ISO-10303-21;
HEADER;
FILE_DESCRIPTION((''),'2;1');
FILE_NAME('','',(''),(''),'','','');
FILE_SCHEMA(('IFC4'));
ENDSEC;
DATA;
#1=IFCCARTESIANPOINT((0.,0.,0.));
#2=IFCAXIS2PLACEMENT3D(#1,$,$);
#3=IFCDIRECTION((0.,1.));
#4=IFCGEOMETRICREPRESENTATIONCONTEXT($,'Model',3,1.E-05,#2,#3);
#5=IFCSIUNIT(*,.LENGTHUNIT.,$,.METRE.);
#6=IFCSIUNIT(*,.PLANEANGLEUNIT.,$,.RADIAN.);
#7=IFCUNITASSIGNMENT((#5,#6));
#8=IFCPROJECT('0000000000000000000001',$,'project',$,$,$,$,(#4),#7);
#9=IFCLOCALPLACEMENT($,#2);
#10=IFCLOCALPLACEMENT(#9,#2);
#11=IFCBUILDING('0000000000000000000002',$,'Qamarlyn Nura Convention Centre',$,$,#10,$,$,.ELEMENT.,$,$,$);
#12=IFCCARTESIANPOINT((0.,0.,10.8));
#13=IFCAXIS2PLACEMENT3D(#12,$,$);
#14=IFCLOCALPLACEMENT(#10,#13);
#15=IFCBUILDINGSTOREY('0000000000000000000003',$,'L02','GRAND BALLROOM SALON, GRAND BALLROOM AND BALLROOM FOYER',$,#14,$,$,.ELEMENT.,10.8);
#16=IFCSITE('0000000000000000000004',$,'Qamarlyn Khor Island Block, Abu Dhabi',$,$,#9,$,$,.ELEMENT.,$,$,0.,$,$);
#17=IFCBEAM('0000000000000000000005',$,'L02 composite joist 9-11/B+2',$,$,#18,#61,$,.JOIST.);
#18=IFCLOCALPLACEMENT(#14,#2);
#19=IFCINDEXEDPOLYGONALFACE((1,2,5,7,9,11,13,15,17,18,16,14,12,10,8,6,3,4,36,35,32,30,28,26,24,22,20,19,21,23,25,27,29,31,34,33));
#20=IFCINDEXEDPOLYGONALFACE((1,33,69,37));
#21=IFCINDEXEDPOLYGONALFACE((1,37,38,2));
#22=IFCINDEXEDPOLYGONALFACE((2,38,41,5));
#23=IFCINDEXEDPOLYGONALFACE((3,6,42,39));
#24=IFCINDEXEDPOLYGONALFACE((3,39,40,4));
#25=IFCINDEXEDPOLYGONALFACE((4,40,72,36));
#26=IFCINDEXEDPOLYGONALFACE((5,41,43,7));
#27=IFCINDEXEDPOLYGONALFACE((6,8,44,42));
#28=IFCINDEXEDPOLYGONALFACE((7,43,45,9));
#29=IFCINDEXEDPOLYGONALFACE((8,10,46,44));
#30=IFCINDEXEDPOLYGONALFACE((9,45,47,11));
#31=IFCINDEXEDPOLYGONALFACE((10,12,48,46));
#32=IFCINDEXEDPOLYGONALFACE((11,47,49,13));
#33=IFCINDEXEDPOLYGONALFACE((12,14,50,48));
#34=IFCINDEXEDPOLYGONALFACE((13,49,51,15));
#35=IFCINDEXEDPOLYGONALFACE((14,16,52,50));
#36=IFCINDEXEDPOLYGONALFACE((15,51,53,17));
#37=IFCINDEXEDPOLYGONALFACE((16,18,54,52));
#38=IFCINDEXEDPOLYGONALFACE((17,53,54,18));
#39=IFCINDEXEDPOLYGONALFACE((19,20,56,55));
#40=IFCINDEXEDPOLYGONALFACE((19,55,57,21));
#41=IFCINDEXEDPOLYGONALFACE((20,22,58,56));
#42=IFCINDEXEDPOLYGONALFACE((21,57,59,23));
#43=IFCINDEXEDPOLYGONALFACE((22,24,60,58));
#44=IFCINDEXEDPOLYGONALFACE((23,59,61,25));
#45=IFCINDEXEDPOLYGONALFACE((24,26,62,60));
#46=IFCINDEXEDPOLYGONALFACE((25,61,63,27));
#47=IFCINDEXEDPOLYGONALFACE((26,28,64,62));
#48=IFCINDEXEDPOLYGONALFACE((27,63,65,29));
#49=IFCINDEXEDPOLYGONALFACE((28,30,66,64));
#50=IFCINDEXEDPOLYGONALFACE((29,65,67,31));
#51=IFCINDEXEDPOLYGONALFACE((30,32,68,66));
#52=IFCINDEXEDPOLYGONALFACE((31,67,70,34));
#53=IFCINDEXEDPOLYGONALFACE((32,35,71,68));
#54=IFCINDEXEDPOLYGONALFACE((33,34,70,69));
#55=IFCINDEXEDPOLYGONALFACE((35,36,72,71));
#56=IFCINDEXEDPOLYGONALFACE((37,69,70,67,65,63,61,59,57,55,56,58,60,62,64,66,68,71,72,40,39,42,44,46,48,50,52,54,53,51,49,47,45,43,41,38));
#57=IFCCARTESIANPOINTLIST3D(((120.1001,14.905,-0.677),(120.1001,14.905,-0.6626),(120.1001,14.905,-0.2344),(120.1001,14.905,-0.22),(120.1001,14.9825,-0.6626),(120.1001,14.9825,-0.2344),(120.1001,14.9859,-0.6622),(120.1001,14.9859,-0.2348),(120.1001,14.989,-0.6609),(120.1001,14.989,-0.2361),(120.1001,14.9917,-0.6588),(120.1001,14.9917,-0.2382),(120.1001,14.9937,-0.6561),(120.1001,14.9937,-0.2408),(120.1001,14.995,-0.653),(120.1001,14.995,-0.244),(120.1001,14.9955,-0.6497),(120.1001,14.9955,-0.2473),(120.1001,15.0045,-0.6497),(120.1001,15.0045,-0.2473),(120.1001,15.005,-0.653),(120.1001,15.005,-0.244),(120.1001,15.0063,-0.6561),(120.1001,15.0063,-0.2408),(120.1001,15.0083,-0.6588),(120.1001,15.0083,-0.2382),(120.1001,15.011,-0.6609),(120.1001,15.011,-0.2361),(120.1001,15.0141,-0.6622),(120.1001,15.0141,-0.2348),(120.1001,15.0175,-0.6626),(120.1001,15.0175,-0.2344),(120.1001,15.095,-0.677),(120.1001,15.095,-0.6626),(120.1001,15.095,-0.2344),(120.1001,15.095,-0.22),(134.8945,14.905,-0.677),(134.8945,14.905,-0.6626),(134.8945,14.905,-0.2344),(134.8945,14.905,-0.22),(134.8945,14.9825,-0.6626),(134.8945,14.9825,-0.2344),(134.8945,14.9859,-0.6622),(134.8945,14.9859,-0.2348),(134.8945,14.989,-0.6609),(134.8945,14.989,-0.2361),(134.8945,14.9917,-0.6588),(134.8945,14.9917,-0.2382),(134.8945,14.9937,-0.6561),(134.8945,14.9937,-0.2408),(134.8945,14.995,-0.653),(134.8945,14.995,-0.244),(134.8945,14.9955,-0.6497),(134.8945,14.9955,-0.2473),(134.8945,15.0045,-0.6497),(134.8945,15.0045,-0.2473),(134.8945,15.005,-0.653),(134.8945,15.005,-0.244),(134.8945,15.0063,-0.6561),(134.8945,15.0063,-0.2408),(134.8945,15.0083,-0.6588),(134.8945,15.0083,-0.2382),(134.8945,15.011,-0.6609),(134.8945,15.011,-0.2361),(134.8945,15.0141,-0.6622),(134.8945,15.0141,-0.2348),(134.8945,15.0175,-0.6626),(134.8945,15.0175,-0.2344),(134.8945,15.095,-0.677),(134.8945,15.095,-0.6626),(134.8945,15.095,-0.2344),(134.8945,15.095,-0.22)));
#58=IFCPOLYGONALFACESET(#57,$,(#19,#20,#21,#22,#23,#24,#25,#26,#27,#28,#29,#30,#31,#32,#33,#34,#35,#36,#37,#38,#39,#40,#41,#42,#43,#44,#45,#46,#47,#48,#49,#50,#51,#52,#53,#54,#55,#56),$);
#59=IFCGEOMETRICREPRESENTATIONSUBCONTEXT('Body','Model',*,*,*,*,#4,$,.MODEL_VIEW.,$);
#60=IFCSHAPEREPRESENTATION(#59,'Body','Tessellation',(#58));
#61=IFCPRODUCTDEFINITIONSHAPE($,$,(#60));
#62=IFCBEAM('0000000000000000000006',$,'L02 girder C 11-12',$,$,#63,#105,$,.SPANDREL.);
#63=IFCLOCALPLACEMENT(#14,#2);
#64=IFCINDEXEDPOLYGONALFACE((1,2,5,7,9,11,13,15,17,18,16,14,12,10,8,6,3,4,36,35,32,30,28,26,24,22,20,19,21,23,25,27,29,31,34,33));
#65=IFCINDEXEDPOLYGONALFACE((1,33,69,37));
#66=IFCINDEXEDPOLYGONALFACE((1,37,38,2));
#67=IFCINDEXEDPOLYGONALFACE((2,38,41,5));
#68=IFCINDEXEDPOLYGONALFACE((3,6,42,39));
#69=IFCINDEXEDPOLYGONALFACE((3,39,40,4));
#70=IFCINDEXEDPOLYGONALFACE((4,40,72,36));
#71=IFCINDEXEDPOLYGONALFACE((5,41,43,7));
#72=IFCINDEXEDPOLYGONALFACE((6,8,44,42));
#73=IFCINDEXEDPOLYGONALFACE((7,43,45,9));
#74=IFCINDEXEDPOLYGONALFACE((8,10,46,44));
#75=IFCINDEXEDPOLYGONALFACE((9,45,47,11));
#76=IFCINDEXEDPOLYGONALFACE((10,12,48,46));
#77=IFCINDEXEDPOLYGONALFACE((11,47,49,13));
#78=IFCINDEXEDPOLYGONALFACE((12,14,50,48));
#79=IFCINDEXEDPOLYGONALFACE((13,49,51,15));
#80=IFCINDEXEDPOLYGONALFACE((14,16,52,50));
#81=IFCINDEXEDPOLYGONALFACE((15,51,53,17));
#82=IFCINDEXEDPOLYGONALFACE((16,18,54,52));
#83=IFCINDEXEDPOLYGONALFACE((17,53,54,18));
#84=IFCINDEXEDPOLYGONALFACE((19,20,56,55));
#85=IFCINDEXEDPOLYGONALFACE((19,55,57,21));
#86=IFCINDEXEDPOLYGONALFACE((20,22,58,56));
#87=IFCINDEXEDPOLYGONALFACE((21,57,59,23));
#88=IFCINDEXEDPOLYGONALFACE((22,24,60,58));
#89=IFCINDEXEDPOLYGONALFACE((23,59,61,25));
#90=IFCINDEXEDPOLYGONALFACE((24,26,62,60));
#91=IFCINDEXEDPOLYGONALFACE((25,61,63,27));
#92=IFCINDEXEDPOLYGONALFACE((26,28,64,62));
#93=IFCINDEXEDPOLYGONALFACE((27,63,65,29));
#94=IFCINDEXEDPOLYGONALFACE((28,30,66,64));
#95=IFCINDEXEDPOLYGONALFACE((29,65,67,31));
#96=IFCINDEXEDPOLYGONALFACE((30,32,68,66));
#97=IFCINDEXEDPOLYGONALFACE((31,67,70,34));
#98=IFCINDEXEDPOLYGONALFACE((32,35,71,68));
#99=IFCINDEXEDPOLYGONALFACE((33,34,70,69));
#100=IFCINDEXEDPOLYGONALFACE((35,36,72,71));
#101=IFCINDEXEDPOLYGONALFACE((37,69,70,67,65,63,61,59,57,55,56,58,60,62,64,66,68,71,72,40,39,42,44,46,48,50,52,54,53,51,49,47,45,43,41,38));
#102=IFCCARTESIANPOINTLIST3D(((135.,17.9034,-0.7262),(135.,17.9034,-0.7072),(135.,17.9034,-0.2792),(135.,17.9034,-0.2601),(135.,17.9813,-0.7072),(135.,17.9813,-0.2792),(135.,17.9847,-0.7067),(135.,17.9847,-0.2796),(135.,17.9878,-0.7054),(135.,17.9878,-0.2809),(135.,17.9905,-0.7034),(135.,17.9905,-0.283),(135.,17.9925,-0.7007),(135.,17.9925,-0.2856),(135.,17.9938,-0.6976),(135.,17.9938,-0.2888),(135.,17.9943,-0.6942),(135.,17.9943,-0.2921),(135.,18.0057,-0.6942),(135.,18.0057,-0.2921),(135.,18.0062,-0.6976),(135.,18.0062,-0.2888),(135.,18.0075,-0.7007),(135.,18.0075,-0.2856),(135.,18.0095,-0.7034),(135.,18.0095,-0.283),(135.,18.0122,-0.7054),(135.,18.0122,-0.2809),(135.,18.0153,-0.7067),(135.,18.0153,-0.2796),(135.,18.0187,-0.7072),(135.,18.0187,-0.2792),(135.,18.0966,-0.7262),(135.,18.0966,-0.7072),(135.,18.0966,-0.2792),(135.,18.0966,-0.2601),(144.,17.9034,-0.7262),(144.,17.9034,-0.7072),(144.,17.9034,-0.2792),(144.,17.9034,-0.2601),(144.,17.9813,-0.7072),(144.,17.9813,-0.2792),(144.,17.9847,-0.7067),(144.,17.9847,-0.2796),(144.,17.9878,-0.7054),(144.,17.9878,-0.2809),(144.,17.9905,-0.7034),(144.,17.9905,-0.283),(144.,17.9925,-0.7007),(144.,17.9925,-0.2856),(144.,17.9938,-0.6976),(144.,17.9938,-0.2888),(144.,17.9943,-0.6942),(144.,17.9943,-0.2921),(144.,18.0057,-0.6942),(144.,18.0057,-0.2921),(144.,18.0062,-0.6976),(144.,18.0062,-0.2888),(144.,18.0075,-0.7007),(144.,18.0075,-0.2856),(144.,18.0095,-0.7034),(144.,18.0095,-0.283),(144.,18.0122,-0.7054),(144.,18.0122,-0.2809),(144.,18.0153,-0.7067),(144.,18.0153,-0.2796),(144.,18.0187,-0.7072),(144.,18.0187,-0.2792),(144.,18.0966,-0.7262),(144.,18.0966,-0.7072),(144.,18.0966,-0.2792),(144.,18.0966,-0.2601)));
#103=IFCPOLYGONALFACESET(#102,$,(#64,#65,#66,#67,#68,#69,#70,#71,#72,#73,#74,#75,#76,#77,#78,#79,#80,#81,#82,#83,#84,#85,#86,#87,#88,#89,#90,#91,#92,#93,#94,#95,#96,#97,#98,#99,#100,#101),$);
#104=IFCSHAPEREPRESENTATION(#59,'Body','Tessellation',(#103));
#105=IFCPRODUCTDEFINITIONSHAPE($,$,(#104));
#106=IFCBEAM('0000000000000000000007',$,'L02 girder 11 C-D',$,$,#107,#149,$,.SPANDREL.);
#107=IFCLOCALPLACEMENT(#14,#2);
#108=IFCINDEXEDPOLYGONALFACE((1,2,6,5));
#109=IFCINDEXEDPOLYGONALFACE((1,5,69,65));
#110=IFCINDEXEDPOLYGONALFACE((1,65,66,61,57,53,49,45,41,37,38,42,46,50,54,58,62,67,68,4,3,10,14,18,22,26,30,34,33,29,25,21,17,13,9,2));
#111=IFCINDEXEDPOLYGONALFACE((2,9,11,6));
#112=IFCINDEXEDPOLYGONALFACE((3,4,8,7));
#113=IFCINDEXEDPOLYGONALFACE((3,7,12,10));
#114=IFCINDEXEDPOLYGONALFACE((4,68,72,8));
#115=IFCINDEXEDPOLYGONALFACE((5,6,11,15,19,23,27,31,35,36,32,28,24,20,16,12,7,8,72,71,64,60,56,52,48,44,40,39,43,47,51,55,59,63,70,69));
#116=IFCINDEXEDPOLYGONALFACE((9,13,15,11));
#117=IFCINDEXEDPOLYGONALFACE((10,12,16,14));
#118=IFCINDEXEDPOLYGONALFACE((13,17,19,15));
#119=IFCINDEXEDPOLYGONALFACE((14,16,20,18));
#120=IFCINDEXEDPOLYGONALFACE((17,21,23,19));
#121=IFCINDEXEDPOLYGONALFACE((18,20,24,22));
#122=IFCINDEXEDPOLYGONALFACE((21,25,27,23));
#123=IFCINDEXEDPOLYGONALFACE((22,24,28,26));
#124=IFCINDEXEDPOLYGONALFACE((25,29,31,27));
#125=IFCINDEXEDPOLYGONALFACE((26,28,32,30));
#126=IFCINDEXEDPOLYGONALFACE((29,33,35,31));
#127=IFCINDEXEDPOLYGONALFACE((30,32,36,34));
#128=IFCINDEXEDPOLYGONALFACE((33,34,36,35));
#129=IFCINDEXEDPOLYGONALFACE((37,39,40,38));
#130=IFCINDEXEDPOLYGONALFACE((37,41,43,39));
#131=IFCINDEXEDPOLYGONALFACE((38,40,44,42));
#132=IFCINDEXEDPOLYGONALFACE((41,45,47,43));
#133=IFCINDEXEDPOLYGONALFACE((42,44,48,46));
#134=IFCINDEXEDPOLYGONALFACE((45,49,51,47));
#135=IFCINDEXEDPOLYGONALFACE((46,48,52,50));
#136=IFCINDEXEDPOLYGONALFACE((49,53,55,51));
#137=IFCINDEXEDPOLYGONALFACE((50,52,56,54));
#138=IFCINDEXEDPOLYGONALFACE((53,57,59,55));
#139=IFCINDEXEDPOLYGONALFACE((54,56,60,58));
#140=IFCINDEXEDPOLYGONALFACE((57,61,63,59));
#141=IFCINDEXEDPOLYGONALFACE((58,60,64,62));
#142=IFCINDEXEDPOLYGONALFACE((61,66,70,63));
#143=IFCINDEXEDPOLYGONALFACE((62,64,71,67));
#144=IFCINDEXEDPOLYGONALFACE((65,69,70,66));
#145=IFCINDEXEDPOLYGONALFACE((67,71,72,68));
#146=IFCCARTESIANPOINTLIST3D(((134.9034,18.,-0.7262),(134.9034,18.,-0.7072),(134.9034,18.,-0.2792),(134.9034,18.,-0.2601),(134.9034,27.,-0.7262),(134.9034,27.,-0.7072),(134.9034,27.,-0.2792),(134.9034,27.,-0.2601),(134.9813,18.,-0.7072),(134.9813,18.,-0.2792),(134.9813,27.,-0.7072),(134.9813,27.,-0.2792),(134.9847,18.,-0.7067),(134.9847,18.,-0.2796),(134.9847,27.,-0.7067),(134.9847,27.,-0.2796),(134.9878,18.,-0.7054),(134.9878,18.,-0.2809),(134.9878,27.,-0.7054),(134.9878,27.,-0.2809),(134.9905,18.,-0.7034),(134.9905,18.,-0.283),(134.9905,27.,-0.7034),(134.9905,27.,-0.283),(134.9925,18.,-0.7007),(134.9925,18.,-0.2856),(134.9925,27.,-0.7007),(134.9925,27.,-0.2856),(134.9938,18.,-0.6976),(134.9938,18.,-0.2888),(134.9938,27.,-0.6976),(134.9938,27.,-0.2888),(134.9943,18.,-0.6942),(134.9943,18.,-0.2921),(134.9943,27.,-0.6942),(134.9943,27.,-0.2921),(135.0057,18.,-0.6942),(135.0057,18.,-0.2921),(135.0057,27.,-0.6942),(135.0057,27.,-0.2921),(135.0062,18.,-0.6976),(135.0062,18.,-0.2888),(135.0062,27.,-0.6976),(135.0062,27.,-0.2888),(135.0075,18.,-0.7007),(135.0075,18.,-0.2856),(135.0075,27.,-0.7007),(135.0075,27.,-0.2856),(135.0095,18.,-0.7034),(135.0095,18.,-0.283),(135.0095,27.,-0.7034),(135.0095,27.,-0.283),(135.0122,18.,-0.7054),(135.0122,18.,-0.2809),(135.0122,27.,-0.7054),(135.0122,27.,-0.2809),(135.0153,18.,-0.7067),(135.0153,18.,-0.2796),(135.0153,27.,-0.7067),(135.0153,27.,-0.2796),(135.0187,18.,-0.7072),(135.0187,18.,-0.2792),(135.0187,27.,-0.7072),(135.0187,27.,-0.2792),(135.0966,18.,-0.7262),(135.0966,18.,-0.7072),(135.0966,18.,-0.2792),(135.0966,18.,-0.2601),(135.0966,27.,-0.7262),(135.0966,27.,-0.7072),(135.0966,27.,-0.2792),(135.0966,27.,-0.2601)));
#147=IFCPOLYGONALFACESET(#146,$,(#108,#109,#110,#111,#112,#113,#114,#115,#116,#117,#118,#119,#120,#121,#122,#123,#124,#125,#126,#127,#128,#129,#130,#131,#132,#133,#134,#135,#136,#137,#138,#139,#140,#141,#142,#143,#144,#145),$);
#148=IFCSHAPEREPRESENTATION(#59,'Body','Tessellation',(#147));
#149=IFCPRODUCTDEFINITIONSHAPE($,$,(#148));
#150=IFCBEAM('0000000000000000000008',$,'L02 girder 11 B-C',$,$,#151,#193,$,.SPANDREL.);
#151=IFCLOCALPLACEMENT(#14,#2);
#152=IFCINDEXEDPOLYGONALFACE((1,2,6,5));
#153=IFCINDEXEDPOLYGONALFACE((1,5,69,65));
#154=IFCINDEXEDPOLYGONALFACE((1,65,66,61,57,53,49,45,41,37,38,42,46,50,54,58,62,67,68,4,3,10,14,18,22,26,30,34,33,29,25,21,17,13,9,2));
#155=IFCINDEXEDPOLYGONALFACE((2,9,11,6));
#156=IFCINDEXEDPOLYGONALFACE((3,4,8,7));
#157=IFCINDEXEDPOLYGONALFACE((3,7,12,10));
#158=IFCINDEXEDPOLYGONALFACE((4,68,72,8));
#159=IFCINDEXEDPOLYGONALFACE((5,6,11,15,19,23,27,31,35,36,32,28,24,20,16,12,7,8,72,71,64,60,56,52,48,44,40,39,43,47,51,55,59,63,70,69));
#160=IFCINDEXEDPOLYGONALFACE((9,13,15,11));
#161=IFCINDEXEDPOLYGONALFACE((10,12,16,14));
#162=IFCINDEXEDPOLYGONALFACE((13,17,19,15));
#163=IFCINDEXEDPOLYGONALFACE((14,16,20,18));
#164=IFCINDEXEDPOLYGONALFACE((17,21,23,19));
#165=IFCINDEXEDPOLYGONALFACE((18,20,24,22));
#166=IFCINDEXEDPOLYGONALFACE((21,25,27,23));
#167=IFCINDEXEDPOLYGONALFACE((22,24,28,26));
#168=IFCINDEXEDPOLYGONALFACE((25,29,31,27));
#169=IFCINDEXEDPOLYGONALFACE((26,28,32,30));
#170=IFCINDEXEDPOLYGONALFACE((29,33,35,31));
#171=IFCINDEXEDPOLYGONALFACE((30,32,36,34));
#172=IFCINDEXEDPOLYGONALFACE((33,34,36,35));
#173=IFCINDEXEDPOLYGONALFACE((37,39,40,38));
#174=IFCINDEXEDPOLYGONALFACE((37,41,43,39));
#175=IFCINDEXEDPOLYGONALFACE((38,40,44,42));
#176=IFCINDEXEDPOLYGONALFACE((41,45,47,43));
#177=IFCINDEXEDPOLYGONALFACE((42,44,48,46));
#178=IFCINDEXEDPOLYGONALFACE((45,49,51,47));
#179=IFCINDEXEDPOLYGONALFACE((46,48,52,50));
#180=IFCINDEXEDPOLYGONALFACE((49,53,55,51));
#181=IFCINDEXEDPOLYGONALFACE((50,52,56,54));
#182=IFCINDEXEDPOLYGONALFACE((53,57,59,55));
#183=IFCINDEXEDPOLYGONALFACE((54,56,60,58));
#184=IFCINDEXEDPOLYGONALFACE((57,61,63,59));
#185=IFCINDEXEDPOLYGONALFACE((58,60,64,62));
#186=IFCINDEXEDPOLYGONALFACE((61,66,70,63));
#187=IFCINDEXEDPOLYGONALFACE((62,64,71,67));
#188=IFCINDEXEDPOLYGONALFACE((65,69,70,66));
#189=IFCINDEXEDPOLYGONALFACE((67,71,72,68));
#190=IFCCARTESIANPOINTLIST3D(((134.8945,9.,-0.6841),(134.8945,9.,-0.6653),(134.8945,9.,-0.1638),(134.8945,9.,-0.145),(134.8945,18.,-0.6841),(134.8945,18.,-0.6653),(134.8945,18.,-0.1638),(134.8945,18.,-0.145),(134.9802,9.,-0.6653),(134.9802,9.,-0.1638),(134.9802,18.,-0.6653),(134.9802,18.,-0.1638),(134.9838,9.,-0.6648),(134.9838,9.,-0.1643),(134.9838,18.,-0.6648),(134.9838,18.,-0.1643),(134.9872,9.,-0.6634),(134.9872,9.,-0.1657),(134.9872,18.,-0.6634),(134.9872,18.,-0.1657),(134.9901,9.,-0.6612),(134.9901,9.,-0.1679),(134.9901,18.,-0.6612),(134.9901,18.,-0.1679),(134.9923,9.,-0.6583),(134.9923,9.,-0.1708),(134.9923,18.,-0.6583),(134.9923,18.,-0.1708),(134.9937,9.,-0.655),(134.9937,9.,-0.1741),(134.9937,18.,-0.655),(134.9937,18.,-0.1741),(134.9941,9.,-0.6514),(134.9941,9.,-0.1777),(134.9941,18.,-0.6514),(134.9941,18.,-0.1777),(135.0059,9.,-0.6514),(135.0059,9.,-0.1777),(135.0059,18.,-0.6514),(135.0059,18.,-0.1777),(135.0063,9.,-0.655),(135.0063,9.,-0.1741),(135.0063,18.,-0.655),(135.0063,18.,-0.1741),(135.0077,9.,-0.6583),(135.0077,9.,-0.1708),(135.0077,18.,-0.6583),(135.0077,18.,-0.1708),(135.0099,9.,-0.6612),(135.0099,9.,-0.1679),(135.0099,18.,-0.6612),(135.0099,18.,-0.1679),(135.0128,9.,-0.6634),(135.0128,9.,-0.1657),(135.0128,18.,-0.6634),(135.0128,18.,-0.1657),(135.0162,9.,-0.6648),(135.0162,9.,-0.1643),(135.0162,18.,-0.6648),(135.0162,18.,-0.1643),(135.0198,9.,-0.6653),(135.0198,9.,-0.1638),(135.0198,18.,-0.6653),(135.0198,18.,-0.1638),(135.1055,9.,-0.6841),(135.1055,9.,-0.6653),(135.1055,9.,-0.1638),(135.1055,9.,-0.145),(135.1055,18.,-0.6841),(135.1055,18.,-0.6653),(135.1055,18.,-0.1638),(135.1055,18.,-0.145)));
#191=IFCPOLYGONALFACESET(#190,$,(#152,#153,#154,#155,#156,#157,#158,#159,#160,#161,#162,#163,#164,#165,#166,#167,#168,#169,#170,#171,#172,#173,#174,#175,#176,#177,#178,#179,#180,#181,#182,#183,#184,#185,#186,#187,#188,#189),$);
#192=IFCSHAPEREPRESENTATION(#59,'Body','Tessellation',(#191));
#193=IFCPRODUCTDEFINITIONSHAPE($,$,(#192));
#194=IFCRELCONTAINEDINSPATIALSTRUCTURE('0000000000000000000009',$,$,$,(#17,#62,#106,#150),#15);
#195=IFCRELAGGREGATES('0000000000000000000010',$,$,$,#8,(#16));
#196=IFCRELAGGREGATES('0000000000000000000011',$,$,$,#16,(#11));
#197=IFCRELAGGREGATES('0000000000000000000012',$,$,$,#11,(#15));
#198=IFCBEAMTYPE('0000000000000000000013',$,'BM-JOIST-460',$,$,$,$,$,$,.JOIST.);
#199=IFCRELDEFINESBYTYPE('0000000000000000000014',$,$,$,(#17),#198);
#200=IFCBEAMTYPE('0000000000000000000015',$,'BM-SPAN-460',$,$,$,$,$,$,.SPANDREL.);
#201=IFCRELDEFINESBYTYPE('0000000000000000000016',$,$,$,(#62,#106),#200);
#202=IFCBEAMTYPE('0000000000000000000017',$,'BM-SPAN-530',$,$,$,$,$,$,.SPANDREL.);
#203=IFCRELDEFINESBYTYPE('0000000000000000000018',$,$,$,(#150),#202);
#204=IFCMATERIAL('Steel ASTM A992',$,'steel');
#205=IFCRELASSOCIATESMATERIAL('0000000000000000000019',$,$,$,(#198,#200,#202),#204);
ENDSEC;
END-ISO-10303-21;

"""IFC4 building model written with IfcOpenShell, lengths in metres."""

from ifc_helpers import new_model, si_unit, direction, frame, origin, origin_2d, place, context, subcontext, project, spatial, i_section, extrude, material, material_profile, profile_set, type_object, element, save


model = new_model("IFC4")

# Units and contexts
model_context = context("Model", 3, precision=1e-05, world=origin(), true_north=direction((0.0, 1.0)))
body_context = subcontext(model_context, "Body", "Model", "MODEL_VIEW")
ifc_project = project(units=[si_unit("LENGTHUNIT", "METRE"), si_unit("PLANEANGLEUNIT", "RADIAN")], contexts=[model_context])

# Site, building, storey
site_placement = place(None, origin())
site = spatial("IfcSite", under=ifc_project, at=site_placement, Name="Qamarlyn Khor Island Block, Abu Dhabi", CompositionType="ELEMENT", RefElevation=0.0)
building_placement = place(site_placement, origin())
building = spatial("IfcBuilding", under=site, at=building_placement, Name="Qamarlyn Nura Convention Centre", CompositionType="ELEMENT")
storey_placement = place(building_placement, frame((0.0, 0.0, 10.8)))
storey = spatial("IfcBuildingStorey", under=building, at=storey_placement, Name="L02", Description="GRAND BALLROOM SALON, GRAND BALLROOM AND BALLROOM FOYER", CompositionType="ELEMENT", Elevation=10.8)

# Shared definitions
ifc_material_1 = material(Name="Steel ASTM A992", Category="steel")

# Beams
ifc_material_profile_1 = material_profile(ifc_material_1, i_section(OverallWidth=0.1899, OverallDepth=0.457, WebThickness=0.009, FlangeThickness=0.0144, FilletRadius=0.0129, at=origin_2d()), Name="W460X74")
ifc_profile_set_1 = profile_set([ifc_material_profile_1], Name="Steel ASTM A992")
beam_type_1 = type_object("IfcBeamType", Name="BM-JOIST-460", PredefinedType="JOIST", material=ifc_profile_set_1)
for number, where, z_axis, x_axis, name in (
    (1, (120.1001, 15.0, -0.4485), (1.0, 0.0, 0.0), (0.0, 1.0, 0.0), "L02 composite joist 9-11/B+2"),
):
    element("IfcBeam", number, at=place(storey_placement, frame(where, z_axis=z_axis, x_axis=x_axis)), inside=storey, type_object=beam_type_1, Name=name, PredefinedType="JOIST", context=body_context, shape_type="SweptSolid", body=[
        extrude(i_section(OverallWidth=0.1899, OverallDepth=0.457, WebThickness=0.009, FlangeThickness=0.0144, FilletRadius=0.0129, at=origin_2d()), origin(), (0.0, 0.0, 1.0), 14.7944),
    ])
ifc_material_profile_2 = material_profile(ifc_material_1, i_section(OverallWidth=0.1931, OverallDepth=0.4661, WebThickness=0.0115, FlangeThickness=0.019, FilletRadius=0.0129, at=origin_2d()), Name="W460X97")
ifc_profile_set_2 = profile_set([ifc_material_profile_2], Name="Steel ASTM A992")
beam_type_2 = type_object("IfcBeamType", Name="BM-SPAN-460", PredefinedType="SPANDREL", material=ifc_profile_set_2)
for number, where, z_axis, x_axis, name in (
    (2, (135.0, 18.0, -0.4932), (1.0, 0.0, 0.0), (0.0, 1.0, 0.0), "L02 girder C 11-12"),
    (3, (135.0, 18.0, -0.4932), (0.0, 1.0, 0.0), (-1.0, 0.0, 0.0), "L02 girder 11 C-D"),
):
    element("IfcBeam", number, at=place(storey_placement, frame(where, z_axis=z_axis, x_axis=x_axis)), inside=storey, type_object=beam_type_2, Name=name, PredefinedType="SPANDREL", context=body_context, shape_type="SweptSolid", body=[
        extrude(i_section(OverallWidth=0.1931, OverallDepth=0.4661, WebThickness=0.0115, FlangeThickness=0.019, FilletRadius=0.0129, at=origin_2d()), origin(), (0.0, 0.0, 1.0), 9.0),
    ])
ifc_material_profile_3 = material_profile(ifc_material_1, i_section(OverallWidth=0.2109, OverallDepth=0.5391, WebThickness=0.0117, FlangeThickness=0.0188, FilletRadius=0.0139, at=origin_2d()), Name="W530X109")
ifc_profile_set_3 = profile_set([ifc_material_profile_3], Name="Steel ASTM A992")
beam_type_3 = type_object("IfcBeamType", Name="BM-SPAN-530", PredefinedType="SPANDREL", material=ifc_profile_set_3)
beam_1_placement = place(storey_placement, frame((135.0, 9.0, -0.4146), z_axis=(0.0, 1.0, 0.0), x_axis=(-1.0, 0.0, 0.0)))
element("IfcBeam", 4, at=beam_1_placement, inside=storey, type_object=beam_type_3, Name="L02 girder 11 B-C", PredefinedType="SPANDREL", context=body_context, shape_type="SweptSolid", body=[
    extrude(i_section(OverallWidth=0.2109, OverallDepth=0.5391, WebThickness=0.0117, FlangeThickness=0.0188, FilletRadius=0.0139, at=origin_2d()), origin(), (0.0, 0.0, 1.0), 9.0),
])

save(model, "model.ifc")
